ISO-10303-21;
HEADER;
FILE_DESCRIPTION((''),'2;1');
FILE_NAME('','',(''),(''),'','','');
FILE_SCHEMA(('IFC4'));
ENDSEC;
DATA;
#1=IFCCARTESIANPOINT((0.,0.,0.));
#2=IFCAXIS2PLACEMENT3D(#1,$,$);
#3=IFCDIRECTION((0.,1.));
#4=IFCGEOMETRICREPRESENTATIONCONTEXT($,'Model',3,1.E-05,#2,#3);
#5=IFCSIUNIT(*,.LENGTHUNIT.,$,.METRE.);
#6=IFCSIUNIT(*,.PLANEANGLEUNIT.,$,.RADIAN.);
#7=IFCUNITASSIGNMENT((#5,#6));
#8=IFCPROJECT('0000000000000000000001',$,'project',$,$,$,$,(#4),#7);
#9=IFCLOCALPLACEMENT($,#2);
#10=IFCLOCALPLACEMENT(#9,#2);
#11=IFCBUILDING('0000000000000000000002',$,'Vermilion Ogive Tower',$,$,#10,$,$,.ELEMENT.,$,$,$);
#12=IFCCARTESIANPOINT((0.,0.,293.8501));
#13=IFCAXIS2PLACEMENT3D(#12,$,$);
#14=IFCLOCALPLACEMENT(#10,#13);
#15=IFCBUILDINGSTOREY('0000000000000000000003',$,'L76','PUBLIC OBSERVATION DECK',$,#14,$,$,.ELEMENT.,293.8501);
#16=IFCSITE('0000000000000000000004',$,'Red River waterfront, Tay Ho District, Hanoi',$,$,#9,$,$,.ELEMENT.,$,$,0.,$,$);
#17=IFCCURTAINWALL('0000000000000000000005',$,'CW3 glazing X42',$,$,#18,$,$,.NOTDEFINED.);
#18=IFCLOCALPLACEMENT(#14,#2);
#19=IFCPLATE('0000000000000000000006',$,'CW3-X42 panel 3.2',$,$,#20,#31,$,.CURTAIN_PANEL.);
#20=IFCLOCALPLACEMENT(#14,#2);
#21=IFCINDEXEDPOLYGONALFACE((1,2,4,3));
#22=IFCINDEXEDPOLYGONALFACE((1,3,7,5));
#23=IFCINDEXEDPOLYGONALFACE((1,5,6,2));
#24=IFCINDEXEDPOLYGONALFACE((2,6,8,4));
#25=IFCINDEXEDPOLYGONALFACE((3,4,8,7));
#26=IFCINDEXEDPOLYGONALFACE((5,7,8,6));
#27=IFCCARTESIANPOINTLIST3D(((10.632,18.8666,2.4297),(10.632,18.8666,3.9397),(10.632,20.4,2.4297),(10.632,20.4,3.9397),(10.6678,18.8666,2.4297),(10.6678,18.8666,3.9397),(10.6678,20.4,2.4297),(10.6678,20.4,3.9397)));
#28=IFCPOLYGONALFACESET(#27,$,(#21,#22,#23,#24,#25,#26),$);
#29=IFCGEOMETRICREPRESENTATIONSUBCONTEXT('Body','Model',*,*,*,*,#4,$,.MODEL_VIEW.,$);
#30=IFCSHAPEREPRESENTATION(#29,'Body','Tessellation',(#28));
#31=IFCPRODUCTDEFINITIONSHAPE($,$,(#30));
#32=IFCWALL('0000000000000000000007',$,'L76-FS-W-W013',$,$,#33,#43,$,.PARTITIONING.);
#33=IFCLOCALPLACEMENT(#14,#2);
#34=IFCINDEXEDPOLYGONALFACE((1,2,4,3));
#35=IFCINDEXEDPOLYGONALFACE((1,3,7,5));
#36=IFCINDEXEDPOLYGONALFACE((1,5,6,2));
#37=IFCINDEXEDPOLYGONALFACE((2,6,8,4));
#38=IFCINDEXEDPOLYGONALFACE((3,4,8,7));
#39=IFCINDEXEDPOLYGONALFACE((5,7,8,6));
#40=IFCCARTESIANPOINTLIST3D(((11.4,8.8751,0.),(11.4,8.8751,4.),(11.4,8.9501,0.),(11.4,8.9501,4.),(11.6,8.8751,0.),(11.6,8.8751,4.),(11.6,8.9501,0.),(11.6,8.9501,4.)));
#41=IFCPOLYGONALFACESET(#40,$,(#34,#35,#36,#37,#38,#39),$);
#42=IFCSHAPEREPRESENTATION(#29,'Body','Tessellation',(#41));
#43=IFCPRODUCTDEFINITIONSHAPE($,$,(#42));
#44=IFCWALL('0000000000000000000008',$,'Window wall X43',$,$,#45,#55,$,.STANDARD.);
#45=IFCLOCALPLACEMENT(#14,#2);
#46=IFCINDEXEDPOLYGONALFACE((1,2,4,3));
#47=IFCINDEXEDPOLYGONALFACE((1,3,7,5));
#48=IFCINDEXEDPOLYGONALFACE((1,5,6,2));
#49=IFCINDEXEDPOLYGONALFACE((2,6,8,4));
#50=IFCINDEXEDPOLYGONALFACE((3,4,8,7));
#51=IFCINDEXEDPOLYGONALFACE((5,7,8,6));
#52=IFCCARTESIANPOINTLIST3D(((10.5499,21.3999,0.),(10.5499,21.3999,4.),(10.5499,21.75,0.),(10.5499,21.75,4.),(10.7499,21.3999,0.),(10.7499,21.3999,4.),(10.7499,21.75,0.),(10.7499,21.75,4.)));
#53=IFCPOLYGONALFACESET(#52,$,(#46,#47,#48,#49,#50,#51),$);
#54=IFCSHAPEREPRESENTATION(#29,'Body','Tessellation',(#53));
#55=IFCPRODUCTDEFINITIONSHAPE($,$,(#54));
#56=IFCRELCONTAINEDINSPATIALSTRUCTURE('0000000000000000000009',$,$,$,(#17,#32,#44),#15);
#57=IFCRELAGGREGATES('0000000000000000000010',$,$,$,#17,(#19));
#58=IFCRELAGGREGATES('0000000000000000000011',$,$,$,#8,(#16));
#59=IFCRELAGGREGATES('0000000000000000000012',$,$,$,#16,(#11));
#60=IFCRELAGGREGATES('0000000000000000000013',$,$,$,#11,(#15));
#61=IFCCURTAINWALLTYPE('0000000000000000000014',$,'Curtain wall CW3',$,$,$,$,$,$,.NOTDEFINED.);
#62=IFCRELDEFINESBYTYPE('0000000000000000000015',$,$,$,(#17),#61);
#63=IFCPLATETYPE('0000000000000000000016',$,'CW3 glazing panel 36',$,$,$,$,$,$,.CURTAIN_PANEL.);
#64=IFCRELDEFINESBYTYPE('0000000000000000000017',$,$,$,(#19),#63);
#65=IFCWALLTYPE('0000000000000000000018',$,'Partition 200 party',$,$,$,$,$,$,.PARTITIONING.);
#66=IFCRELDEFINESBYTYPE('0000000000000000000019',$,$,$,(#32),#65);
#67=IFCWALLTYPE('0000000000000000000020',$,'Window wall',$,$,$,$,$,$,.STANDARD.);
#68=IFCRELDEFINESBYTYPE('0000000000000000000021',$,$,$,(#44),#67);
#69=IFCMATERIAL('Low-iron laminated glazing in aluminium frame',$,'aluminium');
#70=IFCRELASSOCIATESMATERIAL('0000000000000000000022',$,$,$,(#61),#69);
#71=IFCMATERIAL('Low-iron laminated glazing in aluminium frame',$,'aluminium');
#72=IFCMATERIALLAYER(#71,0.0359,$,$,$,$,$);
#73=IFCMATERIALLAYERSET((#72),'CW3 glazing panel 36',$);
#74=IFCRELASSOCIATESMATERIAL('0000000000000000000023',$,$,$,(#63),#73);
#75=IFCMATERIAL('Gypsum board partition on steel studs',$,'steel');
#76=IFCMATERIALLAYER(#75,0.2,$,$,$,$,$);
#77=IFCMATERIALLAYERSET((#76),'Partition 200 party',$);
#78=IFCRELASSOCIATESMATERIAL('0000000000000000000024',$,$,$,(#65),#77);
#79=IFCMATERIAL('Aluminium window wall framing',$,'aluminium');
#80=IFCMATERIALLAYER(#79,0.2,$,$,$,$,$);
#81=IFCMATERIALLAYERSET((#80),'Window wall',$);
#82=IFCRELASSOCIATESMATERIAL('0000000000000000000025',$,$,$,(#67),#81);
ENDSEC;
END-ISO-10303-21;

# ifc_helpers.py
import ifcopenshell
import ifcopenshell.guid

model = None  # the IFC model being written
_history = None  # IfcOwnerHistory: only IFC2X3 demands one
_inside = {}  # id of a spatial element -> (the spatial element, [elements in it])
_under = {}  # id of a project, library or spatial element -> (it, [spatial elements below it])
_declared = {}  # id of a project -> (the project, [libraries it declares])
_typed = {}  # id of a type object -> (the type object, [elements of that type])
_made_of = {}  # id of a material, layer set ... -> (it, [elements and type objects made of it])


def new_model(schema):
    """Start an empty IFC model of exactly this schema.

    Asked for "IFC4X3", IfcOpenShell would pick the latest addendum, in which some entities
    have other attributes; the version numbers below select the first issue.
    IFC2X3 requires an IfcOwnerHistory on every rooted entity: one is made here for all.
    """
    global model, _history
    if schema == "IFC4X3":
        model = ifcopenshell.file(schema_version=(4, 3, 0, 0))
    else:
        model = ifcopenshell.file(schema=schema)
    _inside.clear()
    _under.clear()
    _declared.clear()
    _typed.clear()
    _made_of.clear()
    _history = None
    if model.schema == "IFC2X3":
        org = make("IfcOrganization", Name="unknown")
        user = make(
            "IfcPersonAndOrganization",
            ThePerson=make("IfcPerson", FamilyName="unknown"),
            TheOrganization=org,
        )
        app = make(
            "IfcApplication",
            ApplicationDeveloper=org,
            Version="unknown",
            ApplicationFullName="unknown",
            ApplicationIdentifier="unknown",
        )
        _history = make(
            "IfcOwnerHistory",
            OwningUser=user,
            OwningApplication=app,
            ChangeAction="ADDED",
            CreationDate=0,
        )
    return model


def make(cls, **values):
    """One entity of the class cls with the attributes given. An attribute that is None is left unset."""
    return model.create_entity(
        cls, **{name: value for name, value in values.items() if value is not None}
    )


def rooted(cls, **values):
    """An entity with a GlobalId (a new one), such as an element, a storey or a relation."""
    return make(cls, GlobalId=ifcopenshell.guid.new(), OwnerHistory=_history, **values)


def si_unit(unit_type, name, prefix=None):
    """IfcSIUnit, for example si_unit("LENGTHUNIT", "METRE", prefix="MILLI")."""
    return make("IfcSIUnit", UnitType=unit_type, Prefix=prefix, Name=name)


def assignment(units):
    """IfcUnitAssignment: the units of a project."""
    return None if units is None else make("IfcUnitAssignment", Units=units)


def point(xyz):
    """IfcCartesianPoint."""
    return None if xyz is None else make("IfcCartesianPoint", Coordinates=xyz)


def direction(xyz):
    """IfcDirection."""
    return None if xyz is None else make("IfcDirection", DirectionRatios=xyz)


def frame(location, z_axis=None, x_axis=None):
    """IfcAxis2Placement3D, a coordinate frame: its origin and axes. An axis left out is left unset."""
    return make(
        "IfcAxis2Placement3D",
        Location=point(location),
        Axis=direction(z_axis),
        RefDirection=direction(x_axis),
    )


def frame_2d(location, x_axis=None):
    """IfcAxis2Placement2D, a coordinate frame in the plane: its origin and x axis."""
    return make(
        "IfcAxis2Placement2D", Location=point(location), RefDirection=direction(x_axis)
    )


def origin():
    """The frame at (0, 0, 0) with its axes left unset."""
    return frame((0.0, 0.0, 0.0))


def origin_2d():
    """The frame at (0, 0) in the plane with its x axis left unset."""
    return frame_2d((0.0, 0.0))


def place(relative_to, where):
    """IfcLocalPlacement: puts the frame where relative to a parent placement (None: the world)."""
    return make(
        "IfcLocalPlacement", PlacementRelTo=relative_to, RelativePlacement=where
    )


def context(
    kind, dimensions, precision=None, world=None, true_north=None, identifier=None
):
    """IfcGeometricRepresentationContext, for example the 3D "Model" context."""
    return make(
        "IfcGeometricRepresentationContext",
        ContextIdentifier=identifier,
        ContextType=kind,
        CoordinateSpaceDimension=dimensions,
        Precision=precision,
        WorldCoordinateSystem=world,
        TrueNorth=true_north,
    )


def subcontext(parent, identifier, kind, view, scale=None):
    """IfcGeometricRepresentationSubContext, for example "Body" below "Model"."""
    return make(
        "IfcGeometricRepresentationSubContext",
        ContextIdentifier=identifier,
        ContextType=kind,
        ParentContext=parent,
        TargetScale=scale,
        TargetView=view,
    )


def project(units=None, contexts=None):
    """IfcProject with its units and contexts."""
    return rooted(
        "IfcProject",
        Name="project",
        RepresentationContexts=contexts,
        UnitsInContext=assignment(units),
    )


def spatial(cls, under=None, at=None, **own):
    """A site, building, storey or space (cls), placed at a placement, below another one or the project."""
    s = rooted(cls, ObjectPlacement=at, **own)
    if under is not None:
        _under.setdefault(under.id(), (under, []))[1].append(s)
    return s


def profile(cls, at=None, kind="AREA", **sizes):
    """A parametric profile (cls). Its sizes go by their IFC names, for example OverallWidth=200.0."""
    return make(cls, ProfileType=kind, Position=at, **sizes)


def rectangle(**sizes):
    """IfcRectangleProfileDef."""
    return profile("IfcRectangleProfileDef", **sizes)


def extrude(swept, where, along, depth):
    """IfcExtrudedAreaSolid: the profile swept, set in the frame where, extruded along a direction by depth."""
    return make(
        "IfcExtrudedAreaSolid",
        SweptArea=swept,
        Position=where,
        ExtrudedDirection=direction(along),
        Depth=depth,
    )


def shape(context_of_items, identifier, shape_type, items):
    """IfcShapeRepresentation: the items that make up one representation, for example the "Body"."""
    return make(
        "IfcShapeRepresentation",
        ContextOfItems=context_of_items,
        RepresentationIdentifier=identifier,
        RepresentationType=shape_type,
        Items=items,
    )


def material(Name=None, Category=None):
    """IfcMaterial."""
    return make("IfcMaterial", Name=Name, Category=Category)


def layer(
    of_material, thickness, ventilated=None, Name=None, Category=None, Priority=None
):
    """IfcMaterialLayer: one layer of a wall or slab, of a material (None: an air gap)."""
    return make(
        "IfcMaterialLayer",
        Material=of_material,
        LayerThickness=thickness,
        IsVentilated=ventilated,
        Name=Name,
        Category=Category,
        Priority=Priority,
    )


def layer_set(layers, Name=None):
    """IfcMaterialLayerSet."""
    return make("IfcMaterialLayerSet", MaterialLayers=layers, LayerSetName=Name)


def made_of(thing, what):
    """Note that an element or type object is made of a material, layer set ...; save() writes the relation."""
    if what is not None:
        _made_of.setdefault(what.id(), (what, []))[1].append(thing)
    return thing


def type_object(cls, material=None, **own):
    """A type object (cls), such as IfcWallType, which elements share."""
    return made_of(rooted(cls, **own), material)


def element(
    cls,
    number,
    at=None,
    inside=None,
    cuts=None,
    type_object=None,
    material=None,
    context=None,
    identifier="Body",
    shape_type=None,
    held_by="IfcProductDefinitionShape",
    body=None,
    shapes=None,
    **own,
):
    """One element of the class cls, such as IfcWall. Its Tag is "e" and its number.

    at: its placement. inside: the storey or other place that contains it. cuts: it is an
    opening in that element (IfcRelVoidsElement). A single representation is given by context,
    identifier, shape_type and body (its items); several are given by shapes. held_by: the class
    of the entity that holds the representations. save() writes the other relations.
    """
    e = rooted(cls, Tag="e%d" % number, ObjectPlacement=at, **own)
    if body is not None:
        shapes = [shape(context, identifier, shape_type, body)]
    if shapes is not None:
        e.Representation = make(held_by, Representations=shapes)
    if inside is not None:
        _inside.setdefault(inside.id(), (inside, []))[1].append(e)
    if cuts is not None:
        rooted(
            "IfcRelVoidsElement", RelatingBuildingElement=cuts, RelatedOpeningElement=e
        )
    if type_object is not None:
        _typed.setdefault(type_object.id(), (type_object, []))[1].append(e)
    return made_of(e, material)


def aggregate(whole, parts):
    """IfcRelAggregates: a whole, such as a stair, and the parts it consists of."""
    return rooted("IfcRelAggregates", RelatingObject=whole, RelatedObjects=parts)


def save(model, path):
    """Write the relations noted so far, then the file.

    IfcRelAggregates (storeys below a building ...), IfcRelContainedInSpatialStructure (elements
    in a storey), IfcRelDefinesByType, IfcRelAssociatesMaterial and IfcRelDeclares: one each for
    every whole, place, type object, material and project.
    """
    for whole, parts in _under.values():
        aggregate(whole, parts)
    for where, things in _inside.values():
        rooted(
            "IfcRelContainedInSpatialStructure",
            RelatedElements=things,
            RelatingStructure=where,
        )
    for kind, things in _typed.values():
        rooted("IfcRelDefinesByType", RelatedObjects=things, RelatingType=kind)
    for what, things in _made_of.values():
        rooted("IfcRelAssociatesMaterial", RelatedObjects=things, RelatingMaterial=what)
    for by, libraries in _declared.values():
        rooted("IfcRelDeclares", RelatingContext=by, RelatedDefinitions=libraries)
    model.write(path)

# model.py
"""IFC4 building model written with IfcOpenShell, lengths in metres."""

from ifc_helpers import new_model, si_unit, direction, frame, frame_2d, origin, origin_2d, place, context, subcontext, project, spatial, rectangle, extrude, material, layer, layer_set, type_object, element, aggregate, save


model = new_model("IFC4")

# Units and contexts
model_context = context("Model", 3, precision=1e-05, world=origin(), true_north=direction((0.0, 1.0)))
body_context = subcontext(model_context, "Body", "Model", "MODEL_VIEW")
ifc_project = project(units=[si_unit("LENGTHUNIT", "METRE"), si_unit("PLANEANGLEUNIT", "RADIAN")], contexts=[model_context])

# Site, building, storey
site_placement = place(None, origin())
site = spatial("IfcSite", under=ifc_project, at=site_placement, Name="Red River waterfront, Tay Ho District, Hanoi", CompositionType="ELEMENT", RefElevation=0.0)
building_placement = place(site_placement, origin())
building = spatial("IfcBuilding", under=site, at=building_placement, Name="Vermilion Ogive Tower", CompositionType="ELEMENT")
storey_placement = place(building_placement, frame((0.0, 0.0, 293.8501)))
storey = spatial("IfcBuildingStorey", under=building, at=storey_placement, Name="L76", Description="PUBLIC OBSERVATION DECK", CompositionType="ELEMENT", Elevation=293.8501)

# Shared definitions
ifc_material_1 = material(Name="Low-iron laminated glazing in aluminium frame", Category="aluminium")
curtain_wall_type = type_object("IfcCurtainWallType", Name="Curtain wall CW3", PredefinedType="NOTDEFINED", material=ifc_material_1)

# Curtain wall
curtain_wall_1_placement = place(storey_placement, origin())
curtain_wall_1 = element("IfcCurtainWall", 1, at=curtain_wall_1_placement, inside=storey, type_object=curtain_wall_type, Name="CW3 glazing X42", PredefinedType="NOTDEFINED")

# Plate
ifc_material_2 = material(Name="Low-iron laminated glazing in aluminium frame", Category="aluminium")
ifc_layer_1 = layer(ifc_material_2, 0.0359)
ifc_layer_set_1 = layer_set([ifc_layer_1], Name="CW3 glazing panel 36")
plate_type = type_object("IfcPlateType", Name="CW3 glazing panel 36", PredefinedType="CURTAIN_PANEL", material=ifc_layer_set_1)
plate_1_placement = place(storey_placement, frame((10.6499, 19.6333, 2.4297), z_axis=(0.0, 0.0, 1.0), x_axis=(0.0, 1.0, 0.0)))
plate_1 = element("IfcPlate", 2, at=plate_1_placement, type_object=plate_type, Name="CW3-X42 panel 3.2", PredefinedType="CURTAIN_PANEL", context=body_context, shape_type="SweptSolid", body=[
    extrude(rectangle(XDim=1.5334, YDim=0.0359, at=origin_2d()), origin(), (0.0, 0.0, 1.0), 1.51),
])
aggregate(curtain_wall_1, [plate_1])

# Walls
ifc_material_3 = material(Name="Gypsum board partition on steel studs", Category="steel")
ifc_layer_2 = layer(ifc_material_3, 0.2)
ifc_layer_set_2 = layer_set([ifc_layer_2], Name="Partition 200 party")
wall_type_1 = type_object("IfcWallType", Name="Partition 200 party", PredefinedType="PARTITIONING", material=ifc_layer_set_2)
wall_1_placement = place(storey_placement, frame((11.5, 8.875, 0.0), z_axis=(0.0, 0.0, 1.0), x_axis=(0.0, 1.0, 0.0)))
element("IfcWall", 3, at=wall_1_placement, inside=storey, type_object=wall_type_1, Name="L76-FS-W-W013", PredefinedType="PARTITIONING", context=body_context, shape_type="SweptSolid", body=[
    extrude(rectangle(XDim=0.075, YDim=0.2, at=frame_2d((0.0376, 0.0))), origin(), (0.0, 0.0, 1.0), 4.0),
])
ifc_material_4 = material(Name="Aluminium window wall framing", Category="aluminium")
ifc_layer_3 = layer(ifc_material_4, 0.2)
ifc_layer_set_3 = layer_set([ifc_layer_3], Name="Window wall")
wall_type_2 = type_object("IfcWallType", Name="Window wall", PredefinedType="STANDARD", material=ifc_layer_set_3)
wall_2_placement = place(storey_placement, frame((10.6499, 21.3999, 0.0), z_axis=(0.0, 0.0, 1.0), x_axis=(0.0, 1.0, 0.0)))
element("IfcWall", 4, at=wall_2_placement, inside=storey, type_object=wall_type_2, Name="Window wall X43", PredefinedType="STANDARD", context=body_context, shape_type="SweptSolid", body=[
    extrude(rectangle(XDim=0.3501, YDim=0.2, at=frame_2d((0.175, 0.0))), origin(), (0.0, 0.0, 1.0), 4.0),
])

save(model, "model.ifc")
